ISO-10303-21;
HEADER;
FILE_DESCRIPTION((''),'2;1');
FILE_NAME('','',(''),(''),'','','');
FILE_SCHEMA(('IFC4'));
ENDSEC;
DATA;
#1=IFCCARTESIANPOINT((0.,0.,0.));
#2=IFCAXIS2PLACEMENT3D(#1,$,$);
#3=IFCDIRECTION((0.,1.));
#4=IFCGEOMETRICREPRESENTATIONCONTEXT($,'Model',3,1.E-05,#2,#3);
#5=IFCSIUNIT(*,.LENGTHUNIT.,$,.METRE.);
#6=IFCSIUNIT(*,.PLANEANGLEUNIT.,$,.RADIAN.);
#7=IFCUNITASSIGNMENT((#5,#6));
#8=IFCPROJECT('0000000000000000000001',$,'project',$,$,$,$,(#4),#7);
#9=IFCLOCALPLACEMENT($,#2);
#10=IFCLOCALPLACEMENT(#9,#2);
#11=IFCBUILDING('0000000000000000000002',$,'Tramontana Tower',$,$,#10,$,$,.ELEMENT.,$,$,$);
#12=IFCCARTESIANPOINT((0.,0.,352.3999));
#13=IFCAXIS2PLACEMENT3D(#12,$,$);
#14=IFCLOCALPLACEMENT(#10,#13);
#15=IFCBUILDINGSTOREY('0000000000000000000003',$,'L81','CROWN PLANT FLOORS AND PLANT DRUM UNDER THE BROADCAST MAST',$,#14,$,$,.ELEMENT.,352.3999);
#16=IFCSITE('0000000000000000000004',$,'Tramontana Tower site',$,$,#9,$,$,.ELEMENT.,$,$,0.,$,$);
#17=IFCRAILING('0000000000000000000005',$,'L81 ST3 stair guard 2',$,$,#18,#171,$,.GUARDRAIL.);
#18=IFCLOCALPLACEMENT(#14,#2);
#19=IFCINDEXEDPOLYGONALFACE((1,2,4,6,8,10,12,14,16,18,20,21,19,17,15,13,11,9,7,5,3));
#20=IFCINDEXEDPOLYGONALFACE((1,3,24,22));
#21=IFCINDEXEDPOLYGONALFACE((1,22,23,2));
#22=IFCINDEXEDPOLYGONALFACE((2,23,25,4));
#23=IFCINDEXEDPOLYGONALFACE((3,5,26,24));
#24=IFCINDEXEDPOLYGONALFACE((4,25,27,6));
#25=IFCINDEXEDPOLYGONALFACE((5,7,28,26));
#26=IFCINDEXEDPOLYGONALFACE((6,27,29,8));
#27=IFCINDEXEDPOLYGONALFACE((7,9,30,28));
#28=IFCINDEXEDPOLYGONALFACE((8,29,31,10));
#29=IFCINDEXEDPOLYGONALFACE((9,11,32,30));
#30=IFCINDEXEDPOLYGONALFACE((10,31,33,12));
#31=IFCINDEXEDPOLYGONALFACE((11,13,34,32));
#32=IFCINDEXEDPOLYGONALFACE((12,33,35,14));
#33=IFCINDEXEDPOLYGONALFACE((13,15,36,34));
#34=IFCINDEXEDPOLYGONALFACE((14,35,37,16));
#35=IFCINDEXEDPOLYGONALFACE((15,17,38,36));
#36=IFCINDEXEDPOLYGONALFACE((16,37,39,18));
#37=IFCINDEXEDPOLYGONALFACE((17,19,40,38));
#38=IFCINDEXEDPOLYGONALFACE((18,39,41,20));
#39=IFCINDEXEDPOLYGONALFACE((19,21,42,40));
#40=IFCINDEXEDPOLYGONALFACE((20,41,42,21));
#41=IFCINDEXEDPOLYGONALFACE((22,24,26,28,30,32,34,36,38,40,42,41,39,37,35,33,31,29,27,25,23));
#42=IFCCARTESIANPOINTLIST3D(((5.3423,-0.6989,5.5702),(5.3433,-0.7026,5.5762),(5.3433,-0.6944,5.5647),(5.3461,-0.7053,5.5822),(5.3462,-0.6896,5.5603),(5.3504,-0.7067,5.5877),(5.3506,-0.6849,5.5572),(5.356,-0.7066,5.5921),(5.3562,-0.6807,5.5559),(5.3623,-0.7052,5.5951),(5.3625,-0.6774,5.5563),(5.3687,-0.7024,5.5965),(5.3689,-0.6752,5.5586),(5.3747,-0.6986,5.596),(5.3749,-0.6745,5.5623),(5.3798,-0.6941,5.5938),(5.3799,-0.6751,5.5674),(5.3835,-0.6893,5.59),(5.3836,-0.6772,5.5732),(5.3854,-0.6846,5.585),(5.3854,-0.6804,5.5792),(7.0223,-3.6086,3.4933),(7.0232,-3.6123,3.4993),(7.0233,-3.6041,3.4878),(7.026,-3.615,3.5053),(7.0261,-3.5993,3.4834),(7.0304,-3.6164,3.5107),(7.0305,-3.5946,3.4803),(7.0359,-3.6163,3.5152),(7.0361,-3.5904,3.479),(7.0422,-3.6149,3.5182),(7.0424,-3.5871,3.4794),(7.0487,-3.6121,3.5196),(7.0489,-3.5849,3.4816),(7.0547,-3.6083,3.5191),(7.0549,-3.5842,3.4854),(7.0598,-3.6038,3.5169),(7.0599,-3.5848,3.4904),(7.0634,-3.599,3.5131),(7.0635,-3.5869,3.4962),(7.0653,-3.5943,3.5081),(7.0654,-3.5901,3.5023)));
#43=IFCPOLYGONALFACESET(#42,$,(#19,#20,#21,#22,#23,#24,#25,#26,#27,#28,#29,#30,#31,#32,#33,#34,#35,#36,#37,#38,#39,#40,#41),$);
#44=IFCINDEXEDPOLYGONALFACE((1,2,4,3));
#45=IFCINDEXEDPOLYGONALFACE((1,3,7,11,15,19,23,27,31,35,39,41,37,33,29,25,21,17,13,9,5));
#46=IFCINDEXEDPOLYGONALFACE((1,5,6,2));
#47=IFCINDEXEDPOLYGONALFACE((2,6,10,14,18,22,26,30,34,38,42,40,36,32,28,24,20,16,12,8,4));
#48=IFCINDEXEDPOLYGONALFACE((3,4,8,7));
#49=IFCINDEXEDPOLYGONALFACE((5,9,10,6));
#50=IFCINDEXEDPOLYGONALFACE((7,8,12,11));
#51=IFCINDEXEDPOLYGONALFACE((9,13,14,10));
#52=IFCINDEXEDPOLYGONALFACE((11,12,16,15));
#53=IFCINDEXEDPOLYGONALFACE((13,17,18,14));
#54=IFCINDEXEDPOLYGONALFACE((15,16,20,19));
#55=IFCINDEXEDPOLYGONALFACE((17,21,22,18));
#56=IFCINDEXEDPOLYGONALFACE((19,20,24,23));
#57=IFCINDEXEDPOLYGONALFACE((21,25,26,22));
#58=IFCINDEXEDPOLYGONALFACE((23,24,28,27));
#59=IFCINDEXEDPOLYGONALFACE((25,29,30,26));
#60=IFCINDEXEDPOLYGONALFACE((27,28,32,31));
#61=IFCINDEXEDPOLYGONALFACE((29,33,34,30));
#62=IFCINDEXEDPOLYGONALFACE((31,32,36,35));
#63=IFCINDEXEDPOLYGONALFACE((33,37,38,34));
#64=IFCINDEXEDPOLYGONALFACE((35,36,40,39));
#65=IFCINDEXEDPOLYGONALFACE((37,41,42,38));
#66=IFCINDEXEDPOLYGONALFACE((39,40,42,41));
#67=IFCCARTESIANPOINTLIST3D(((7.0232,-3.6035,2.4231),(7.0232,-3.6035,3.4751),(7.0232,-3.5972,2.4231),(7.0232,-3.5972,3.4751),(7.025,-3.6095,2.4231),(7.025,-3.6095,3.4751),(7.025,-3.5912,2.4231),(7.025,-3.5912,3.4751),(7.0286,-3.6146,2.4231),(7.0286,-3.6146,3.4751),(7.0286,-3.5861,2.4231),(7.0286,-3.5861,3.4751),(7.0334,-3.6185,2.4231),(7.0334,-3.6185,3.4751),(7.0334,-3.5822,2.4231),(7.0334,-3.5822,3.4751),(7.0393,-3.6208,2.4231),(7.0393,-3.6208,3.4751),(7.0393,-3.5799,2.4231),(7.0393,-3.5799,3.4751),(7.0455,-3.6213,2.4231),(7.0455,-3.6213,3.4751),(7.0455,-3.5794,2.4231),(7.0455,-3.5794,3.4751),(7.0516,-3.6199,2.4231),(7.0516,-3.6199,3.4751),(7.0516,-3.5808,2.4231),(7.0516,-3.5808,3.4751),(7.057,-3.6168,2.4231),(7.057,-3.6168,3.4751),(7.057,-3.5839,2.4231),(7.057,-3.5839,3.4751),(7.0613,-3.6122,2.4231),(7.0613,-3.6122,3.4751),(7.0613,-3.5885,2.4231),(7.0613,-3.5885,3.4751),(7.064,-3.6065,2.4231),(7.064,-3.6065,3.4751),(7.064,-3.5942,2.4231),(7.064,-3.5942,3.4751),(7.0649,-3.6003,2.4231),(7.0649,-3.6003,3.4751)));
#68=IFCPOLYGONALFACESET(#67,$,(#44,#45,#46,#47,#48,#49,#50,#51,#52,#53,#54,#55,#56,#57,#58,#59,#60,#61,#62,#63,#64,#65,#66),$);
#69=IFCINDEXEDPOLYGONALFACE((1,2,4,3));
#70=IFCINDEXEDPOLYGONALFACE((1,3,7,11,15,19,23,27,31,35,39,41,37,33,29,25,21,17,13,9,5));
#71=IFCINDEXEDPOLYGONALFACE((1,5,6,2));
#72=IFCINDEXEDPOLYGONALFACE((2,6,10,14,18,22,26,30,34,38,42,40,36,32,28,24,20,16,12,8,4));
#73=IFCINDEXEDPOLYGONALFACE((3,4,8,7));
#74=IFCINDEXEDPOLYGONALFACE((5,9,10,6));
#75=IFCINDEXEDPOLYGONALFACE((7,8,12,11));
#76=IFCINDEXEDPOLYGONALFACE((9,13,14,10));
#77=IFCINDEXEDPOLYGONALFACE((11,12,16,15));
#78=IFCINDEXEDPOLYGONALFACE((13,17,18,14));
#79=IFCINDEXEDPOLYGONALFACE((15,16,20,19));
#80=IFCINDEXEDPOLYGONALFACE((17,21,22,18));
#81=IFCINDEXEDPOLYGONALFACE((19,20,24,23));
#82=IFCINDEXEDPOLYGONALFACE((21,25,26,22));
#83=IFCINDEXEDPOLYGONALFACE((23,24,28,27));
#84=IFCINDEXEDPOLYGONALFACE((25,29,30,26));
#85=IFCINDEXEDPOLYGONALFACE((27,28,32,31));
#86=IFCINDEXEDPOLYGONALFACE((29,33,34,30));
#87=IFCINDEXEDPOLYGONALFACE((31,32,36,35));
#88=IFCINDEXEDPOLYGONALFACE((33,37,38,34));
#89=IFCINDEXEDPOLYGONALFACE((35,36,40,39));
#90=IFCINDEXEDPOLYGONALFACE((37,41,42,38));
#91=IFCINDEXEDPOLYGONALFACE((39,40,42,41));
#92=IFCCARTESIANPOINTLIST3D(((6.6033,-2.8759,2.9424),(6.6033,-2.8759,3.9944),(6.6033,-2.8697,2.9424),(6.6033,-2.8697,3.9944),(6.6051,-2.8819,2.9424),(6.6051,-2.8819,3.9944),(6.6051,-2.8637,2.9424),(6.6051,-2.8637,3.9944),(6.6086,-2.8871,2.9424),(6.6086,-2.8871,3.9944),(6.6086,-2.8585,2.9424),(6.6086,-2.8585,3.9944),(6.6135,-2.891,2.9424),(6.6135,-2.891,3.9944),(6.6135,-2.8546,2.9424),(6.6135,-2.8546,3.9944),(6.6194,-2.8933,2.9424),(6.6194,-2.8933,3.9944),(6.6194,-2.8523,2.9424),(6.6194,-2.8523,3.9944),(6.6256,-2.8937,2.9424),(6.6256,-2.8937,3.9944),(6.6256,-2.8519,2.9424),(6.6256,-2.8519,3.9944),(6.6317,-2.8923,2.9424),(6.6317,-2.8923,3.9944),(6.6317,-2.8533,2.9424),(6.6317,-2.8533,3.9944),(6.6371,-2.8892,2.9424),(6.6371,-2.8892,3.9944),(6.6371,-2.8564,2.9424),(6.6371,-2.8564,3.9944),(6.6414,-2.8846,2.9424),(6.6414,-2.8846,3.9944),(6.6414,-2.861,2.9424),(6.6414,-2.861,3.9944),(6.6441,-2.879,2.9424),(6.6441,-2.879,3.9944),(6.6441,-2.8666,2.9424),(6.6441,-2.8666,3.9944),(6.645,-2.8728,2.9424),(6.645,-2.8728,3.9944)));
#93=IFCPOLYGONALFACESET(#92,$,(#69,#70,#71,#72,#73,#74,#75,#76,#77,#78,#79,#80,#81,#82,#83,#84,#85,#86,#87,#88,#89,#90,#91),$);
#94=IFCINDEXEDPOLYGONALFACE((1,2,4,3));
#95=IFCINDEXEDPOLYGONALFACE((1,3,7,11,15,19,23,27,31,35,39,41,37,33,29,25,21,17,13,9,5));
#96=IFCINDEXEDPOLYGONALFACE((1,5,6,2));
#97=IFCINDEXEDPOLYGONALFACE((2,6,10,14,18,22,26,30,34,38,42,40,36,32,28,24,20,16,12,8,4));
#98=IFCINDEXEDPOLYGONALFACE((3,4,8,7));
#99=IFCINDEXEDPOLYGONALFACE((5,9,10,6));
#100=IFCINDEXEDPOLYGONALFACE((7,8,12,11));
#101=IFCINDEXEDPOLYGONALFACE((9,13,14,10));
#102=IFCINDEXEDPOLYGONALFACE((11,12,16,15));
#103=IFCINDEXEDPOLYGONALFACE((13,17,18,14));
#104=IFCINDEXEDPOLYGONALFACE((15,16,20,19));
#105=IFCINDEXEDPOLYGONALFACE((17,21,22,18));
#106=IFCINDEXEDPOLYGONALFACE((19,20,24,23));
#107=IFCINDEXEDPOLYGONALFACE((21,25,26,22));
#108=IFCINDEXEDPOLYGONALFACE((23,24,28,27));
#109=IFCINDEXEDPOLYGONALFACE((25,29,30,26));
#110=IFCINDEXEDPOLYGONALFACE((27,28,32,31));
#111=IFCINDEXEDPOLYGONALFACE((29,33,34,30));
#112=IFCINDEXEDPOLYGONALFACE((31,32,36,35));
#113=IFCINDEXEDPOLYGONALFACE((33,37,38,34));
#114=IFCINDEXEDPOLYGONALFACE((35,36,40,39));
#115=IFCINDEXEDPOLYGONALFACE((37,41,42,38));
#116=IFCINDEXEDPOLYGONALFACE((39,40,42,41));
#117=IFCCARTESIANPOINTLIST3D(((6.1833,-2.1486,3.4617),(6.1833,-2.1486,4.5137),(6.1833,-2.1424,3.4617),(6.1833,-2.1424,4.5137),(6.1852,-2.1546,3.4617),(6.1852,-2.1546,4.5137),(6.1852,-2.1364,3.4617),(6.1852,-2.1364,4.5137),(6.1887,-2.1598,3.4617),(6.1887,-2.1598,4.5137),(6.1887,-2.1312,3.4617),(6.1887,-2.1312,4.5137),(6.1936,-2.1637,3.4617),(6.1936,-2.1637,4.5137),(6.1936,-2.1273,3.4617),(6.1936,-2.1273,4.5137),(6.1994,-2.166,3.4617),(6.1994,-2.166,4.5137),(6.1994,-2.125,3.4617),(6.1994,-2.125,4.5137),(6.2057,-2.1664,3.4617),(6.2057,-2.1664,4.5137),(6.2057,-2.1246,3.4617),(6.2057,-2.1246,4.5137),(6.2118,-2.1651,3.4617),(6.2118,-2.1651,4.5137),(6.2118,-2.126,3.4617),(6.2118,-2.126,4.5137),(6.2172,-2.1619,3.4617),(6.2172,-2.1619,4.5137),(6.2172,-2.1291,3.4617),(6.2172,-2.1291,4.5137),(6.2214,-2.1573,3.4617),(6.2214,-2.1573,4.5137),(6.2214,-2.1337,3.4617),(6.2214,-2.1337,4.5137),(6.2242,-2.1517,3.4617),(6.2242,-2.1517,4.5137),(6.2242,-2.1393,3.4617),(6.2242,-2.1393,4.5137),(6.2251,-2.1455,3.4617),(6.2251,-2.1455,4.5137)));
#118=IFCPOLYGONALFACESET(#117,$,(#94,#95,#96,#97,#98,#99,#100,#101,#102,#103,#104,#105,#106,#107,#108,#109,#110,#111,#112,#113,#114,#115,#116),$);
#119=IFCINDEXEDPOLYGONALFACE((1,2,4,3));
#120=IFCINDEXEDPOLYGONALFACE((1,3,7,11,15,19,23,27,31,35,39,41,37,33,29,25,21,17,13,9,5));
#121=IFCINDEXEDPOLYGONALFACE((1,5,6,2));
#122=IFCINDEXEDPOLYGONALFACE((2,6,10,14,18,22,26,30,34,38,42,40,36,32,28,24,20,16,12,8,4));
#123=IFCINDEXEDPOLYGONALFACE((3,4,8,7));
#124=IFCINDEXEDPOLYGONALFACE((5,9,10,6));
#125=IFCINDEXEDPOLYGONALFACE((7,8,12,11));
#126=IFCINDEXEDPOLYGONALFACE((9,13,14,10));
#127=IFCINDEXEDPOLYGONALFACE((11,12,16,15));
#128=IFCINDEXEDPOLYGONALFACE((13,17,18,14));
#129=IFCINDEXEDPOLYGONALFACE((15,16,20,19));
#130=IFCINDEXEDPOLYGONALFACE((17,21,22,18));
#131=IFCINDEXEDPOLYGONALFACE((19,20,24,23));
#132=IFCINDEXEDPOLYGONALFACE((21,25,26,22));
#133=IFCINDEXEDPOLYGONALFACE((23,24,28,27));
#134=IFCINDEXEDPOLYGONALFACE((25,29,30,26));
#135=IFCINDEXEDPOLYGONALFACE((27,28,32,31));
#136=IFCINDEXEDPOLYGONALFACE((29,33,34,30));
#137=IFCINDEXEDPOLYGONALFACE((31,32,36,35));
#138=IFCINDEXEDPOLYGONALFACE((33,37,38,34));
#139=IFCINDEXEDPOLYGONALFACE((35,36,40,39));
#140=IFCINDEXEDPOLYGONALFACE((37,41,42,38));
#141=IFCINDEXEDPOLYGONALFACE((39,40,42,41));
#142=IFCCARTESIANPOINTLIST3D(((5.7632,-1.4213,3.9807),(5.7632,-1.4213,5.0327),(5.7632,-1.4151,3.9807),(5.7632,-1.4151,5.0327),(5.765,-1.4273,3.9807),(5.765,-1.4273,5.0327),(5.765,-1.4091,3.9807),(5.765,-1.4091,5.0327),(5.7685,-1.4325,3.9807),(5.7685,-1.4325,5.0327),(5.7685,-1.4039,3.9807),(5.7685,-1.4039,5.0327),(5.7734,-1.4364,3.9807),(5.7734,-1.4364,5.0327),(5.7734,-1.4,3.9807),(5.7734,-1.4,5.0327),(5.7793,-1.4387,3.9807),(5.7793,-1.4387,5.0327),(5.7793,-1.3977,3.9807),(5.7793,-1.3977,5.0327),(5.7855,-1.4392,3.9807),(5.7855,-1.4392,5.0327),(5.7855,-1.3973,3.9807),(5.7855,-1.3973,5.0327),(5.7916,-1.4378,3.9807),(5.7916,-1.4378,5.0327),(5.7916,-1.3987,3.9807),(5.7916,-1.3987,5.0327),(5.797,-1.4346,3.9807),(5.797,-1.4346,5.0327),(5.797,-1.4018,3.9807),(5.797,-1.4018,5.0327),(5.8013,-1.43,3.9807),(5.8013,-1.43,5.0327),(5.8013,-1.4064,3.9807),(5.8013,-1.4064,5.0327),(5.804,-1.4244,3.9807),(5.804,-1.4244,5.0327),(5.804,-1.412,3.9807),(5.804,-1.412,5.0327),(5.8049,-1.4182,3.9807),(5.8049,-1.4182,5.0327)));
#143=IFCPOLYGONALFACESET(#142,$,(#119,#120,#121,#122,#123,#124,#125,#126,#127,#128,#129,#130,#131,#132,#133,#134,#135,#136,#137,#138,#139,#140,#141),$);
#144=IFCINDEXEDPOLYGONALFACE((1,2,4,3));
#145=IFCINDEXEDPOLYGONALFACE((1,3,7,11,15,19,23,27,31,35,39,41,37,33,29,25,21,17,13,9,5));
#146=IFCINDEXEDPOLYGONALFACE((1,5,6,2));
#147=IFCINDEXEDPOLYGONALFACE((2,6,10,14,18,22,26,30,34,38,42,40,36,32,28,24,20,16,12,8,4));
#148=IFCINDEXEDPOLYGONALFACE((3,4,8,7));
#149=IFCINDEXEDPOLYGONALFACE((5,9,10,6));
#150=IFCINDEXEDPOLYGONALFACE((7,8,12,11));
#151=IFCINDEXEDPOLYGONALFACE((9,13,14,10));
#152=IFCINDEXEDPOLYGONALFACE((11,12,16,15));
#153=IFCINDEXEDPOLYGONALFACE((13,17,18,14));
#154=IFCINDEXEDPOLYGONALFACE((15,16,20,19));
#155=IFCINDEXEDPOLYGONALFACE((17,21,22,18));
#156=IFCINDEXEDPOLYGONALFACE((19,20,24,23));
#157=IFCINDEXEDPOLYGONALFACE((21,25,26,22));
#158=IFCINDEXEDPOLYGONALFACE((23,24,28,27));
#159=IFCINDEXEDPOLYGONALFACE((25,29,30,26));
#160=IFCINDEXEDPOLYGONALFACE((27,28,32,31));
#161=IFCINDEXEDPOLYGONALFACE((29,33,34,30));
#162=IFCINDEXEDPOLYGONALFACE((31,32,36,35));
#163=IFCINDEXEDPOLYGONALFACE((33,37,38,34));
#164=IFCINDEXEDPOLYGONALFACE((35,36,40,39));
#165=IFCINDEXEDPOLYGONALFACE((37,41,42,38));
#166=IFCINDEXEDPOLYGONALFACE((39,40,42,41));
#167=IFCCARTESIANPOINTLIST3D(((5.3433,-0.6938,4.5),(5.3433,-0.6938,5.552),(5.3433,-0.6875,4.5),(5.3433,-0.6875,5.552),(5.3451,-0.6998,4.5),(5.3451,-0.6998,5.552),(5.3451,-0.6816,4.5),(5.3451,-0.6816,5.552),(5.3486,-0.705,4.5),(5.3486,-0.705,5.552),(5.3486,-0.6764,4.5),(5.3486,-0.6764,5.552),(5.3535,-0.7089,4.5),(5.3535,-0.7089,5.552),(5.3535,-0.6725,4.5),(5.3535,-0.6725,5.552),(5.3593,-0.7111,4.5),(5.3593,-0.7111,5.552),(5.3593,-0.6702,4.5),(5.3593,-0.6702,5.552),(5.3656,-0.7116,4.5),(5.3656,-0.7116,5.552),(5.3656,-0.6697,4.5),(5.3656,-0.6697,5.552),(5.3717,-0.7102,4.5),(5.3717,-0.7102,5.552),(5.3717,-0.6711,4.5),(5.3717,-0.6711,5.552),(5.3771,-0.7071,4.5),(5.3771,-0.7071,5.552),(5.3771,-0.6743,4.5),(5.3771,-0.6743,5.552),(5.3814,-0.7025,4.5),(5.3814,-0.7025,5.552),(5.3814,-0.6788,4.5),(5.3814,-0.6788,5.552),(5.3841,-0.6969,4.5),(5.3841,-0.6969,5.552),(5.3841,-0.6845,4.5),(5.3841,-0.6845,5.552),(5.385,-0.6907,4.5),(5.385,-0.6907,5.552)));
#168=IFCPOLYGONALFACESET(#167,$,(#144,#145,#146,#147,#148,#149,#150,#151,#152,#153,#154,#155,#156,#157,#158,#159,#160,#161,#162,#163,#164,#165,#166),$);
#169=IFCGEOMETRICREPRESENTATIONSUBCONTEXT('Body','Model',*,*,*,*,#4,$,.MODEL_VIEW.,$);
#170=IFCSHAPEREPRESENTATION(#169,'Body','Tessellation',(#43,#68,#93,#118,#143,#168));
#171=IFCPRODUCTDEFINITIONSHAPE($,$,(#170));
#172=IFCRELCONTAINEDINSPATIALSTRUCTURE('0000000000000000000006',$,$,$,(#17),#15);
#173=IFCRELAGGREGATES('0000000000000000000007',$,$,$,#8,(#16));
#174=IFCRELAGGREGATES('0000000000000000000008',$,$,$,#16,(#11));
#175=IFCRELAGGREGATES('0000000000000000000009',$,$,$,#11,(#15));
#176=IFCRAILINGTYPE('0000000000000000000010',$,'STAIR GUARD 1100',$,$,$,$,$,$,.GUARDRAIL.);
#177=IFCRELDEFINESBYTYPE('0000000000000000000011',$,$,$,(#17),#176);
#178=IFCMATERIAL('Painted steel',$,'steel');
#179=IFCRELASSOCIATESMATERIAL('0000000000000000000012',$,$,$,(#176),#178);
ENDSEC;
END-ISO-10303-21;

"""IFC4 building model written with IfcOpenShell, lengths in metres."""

from ifc_helpers import new_model, si_unit, direction, frame, origin, origin_2d, place, context, subcontext, project, spatial, circle, extrude, material, type_object, element, save


model = new_model("IFC4")

# Units and contexts
model_context = context("Model", 3, precision=1e-05, world=origin(), true_north=direction((0.0, 1.0)))
body_context = subcontext(model_context, "Body", "Model", "MODEL_VIEW")
ifc_project = project(units=[si_unit("LENGTHUNIT", "METRE"), si_unit("PLANEANGLEUNIT", "RADIAN")], contexts=[model_context])

# Site, building, storey
site_placement = place(None, origin())
site = spatial("IfcSite", under=ifc_project, at=site_placement, Name="Tramontana Tower site", CompositionType="ELEMENT", RefElevation=0.0)
building_placement = place(site_placement, origin())
building = spatial("IfcBuilding", under=site, at=building_placement, Name="Tramontana Tower", CompositionType="ELEMENT")
storey_placement = place(building_placement, frame((0.0, 0.0, 352.3999)))
storey = spatial("IfcBuildingStorey", under=building, at=storey_placement, Name="L81", Description="CROWN PLANT FLOORS AND PLANT DRUM UNDER THE BROADCAST MAST", CompositionType="ELEMENT", Elevation=352.3999)

# Railing
ifc_material_1 = material(Name="Painted steel", Category="steel")
railing_type_1 = type_object("IfcRailingType", Name="STAIR GUARD 1100", PredefinedType="GUARDRAIL", material=ifc_material_1)
railing_1_placement = place(storey_placement, frame((7.0439, -3.6003, 2.4231)))
element("IfcRailing", 1, at=railing_1_placement, inside=storey, type_object=railing_type_1, Name="L81 ST3 stair guard 2", PredefinedType="GUARDRAIL", context=body_context, shape_type="SweptSolid", body=[
    extrude(circle(Radius=0.0239, at=origin_2d()), frame((0.0, 0.0, 1.0762), z_axis=(-0.425308, 0.73664, 0.525809), x_axis=(-0.866021, -0.500008, 0.0)), (0.0, 0.0, 1.0), 3.95),
    extrude(circle(Radius=0.021, at=origin_2d()), origin(), (0.0, 0.0, 1.0), 1.052),
    extrude(circle(Radius=0.021, at=origin_2d()), frame((-0.4199, 0.7275, 0.5193)), (0.0, 0.0, 1.0), 1.052),
    extrude(circle(Radius=0.021, at=origin_2d()), frame((-0.8398, 1.4548, 1.0386)), (0.0, 0.0, 1.0), 1.052),
    extrude(circle(Radius=0.021, at=origin_2d()), frame((-1.26, 2.1821, 1.5576)), (0.0, 0.0, 1.0), 1.052),
    extrude(circle(Radius=0.021, at=origin_2d()), frame((-1.6799, 2.9097, 2.0769)), (0.0, 0.0, 1.0), 1.052),
])

save(model, "model.ifc")
